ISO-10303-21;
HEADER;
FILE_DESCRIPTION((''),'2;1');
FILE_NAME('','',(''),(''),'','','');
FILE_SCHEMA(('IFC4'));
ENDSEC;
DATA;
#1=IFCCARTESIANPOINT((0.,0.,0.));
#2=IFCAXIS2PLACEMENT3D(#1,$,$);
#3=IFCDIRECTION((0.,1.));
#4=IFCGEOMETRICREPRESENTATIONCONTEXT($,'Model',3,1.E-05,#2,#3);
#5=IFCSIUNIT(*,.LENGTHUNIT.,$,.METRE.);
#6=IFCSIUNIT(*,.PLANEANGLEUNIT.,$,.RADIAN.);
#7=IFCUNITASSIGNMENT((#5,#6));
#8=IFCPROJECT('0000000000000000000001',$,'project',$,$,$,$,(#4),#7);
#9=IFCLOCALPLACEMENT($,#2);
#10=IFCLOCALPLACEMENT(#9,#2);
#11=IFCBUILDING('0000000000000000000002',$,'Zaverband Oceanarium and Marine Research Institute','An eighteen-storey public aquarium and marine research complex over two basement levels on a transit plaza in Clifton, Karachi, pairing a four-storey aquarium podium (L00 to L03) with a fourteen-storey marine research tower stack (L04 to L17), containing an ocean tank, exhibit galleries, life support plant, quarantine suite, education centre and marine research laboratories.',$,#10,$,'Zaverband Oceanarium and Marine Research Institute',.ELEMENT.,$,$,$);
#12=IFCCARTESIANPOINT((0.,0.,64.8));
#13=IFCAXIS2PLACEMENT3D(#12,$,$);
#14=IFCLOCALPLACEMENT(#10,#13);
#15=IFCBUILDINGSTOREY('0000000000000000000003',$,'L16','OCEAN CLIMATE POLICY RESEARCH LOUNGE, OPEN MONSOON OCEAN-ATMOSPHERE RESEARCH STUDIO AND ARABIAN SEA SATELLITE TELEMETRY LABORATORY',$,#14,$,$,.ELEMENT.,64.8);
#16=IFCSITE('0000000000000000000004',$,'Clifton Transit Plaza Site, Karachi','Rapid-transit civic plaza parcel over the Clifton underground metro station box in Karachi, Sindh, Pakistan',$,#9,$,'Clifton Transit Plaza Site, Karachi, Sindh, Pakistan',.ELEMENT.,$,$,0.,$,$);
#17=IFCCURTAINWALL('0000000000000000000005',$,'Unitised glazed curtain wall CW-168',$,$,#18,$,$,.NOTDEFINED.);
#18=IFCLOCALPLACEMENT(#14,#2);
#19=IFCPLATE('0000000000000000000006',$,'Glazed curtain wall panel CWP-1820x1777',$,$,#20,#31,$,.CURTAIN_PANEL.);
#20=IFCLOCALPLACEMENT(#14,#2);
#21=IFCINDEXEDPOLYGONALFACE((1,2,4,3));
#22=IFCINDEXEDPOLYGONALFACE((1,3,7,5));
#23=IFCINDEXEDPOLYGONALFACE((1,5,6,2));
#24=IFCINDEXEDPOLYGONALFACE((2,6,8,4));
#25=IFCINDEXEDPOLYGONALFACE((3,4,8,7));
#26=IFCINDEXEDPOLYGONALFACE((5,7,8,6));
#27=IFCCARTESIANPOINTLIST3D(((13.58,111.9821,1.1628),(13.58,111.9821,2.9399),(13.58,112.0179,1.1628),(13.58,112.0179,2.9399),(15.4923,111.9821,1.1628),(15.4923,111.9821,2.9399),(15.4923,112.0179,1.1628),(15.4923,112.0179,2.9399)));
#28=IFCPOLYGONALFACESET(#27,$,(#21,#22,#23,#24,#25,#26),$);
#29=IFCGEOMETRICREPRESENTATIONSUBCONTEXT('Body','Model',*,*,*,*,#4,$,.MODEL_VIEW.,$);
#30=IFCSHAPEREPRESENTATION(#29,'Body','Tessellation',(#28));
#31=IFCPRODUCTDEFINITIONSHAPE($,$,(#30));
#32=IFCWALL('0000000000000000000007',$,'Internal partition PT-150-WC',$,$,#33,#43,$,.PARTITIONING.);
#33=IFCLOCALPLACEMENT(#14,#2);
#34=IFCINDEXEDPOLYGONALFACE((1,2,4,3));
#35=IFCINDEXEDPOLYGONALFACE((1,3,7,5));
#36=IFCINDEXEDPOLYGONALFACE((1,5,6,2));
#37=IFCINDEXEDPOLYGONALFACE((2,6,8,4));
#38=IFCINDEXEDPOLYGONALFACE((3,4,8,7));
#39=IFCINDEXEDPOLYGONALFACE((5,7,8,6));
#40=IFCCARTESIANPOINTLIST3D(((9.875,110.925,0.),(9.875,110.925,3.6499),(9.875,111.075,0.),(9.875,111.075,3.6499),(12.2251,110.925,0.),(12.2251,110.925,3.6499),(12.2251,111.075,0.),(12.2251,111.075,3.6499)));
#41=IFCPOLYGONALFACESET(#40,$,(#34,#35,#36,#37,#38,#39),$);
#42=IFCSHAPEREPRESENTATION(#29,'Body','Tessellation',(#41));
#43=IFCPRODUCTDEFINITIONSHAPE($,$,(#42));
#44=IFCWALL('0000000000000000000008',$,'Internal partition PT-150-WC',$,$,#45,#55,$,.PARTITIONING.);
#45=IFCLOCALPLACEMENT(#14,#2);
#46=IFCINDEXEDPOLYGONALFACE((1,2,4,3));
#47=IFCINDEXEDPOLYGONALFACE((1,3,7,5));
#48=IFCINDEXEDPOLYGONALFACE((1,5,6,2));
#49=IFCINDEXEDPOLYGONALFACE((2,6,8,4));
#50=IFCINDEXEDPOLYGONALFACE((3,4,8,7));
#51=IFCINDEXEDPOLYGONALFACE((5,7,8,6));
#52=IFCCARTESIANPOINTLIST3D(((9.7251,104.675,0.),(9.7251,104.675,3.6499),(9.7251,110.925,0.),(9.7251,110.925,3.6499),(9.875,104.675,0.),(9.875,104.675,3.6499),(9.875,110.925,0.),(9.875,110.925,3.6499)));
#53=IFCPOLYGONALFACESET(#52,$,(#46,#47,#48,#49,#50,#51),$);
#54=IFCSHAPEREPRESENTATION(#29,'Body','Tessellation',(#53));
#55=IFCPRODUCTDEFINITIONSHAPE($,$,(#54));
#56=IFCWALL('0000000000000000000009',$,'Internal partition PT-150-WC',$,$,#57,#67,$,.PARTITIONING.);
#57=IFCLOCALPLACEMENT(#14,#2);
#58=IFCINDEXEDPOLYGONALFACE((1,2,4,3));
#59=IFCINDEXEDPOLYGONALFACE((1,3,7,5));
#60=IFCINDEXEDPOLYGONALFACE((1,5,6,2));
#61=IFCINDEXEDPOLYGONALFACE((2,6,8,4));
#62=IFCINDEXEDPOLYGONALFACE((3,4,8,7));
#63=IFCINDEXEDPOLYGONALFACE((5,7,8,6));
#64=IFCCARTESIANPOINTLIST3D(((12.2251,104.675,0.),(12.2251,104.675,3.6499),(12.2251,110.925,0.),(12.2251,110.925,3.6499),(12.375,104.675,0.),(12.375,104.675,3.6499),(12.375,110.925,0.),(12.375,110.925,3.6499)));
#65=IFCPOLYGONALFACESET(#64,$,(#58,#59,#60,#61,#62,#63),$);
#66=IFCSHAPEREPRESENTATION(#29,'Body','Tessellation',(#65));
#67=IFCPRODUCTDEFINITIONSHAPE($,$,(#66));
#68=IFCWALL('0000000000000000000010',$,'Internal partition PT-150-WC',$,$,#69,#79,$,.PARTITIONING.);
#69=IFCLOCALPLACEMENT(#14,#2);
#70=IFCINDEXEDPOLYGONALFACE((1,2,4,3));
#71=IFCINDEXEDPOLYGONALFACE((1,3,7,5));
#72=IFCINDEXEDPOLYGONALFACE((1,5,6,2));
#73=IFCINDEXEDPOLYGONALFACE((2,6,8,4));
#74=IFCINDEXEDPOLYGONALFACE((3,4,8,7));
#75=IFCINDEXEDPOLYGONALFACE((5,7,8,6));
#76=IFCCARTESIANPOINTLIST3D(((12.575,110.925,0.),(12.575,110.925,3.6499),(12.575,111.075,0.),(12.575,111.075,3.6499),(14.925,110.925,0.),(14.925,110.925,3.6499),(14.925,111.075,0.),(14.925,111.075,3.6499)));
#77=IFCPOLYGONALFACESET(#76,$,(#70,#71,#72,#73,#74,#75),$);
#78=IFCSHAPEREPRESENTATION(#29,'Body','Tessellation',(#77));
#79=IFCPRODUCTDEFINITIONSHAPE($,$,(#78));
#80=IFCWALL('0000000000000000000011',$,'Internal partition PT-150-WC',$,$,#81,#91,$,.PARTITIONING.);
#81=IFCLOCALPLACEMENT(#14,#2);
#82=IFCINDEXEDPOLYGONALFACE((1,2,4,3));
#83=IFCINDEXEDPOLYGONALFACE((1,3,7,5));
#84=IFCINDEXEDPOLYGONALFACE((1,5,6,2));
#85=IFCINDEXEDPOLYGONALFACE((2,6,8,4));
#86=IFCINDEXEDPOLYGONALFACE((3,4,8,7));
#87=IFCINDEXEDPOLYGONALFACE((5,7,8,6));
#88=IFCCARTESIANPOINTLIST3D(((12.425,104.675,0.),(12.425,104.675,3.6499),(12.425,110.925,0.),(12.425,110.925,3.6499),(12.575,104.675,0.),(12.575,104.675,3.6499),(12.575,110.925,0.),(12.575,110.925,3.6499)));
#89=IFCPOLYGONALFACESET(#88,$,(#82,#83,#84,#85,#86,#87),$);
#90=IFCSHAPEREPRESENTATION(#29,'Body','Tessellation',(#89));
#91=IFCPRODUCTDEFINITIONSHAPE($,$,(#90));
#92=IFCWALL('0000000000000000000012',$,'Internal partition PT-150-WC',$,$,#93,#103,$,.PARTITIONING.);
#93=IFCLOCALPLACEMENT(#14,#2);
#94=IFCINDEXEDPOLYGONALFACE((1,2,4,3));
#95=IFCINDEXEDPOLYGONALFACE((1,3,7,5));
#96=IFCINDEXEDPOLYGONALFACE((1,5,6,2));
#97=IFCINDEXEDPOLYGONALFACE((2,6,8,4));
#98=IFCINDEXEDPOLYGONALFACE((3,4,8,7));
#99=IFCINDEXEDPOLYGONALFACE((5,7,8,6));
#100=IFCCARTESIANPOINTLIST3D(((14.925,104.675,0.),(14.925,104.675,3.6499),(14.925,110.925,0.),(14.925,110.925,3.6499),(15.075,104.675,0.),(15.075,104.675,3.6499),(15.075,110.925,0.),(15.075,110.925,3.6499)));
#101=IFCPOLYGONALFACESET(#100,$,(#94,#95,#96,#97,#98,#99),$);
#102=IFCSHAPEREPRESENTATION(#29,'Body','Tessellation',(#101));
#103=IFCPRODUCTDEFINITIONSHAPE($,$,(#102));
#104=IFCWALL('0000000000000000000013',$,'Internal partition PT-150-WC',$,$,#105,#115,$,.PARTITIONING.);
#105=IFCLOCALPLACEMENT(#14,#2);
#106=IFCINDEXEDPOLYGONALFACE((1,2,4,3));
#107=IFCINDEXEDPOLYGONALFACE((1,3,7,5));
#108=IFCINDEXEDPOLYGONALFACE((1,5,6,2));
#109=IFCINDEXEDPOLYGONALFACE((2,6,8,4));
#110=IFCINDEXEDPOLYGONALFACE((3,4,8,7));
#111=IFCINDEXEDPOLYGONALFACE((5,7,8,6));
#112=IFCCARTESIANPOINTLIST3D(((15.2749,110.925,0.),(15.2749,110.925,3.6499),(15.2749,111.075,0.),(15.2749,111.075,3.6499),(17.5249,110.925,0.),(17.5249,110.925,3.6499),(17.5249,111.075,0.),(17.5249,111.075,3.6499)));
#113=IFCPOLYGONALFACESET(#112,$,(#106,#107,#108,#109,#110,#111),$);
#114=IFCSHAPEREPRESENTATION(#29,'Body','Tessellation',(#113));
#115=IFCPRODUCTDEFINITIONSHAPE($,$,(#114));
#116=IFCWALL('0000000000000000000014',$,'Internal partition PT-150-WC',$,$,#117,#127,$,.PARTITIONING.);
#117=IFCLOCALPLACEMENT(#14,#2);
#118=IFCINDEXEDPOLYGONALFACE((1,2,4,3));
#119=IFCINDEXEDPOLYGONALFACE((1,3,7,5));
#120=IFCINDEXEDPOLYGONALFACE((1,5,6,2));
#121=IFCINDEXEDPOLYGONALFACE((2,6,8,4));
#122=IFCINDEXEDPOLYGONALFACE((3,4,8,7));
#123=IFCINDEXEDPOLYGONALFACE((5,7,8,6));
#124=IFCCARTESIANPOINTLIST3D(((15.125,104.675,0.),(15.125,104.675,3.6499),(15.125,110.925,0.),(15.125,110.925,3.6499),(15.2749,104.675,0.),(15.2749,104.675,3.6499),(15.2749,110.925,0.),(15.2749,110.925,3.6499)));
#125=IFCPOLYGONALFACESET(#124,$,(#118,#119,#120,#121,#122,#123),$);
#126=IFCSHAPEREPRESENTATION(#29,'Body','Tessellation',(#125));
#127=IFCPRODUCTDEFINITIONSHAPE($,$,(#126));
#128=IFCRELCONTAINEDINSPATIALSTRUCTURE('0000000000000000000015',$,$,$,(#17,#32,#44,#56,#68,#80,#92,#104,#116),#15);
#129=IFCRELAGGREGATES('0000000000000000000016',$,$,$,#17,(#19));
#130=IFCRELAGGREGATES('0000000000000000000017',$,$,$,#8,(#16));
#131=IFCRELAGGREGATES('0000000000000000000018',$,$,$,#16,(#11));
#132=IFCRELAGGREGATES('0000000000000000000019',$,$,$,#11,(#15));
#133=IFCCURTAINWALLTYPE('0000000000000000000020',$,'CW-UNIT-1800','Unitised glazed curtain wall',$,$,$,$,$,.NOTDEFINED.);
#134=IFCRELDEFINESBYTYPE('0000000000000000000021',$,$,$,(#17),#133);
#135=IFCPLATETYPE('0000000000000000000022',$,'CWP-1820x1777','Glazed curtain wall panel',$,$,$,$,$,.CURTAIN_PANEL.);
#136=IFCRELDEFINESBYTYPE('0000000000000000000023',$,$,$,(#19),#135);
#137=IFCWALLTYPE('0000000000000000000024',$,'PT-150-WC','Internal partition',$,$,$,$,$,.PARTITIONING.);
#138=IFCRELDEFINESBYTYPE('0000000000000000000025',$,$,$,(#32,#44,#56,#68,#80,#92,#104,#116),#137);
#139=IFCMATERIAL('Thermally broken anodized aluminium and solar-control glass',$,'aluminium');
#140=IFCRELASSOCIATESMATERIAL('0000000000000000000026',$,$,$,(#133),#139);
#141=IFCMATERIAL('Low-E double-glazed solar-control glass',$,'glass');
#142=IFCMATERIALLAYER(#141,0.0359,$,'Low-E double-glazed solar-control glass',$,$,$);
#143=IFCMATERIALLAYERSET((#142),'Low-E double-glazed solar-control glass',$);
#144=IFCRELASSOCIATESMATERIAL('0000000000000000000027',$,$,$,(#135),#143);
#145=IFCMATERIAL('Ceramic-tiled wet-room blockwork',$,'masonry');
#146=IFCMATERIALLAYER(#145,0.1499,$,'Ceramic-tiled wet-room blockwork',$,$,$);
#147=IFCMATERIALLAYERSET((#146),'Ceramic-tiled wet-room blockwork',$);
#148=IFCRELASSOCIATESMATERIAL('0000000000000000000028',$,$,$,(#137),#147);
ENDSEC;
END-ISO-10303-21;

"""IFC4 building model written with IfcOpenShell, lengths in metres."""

from ifc_helpers import new_model, si_unit, direction, frame, frame_2d, origin, place, context, subcontext, project, spatial, rectangle, extrude, material, layer, layer_set, type_object, element, aggregate, save


model = new_model("IFC4")

# Units and contexts
model_context = context("Model", 3, precision=1e-05, world=origin(), true_north=direction((0.0, 1.0)))
body_context = subcontext(model_context, "Body", "Model", "MODEL_VIEW")
ifc_project = project(units=[si_unit("LENGTHUNIT", "METRE"), si_unit("PLANEANGLEUNIT", "RADIAN")], contexts=[model_context])

# Site, building, storey
site_placement = place(None, origin())
site = spatial("IfcSite", under=ifc_project, at=site_placement, Name="Clifton Transit Plaza Site, Karachi", Description="Rapid-transit civic plaza parcel over the Clifton underground metro station box in Karachi, Sindh, Pakistan", LongName="Clifton Transit Plaza Site, Karachi, Sindh, Pakistan", CompositionType="ELEMENT", RefElevation=0.0)
building_placement = place(site_placement, origin())
building = spatial("IfcBuilding", under=site, at=building_placement, Name="Zaverband Oceanarium and Marine Research Institute", Description="An eighteen-storey public aquarium and marine research complex over two basement levels on a transit plaza in Clifton, Karachi, pairing a four-storey aquarium podium (L00 to L03) with a fourteen-storey marine research tower stack (L04 to L17), containing an ocean tank, exhibit galleries, life support plant, quarantine suite, education centre and marine research laboratories.", LongName="Zaverband Oceanarium and Marine Research Institute", CompositionType="ELEMENT")
storey_placement = place(building_placement, frame((0.0, 0.0, 64.8)))
storey = spatial("IfcBuildingStorey", under=building, at=storey_placement, Name="L16", Description="OCEAN CLIMATE POLICY RESEARCH LOUNGE, OPEN MONSOON OCEAN-ATMOSPHERE RESEARCH STUDIO AND ARABIAN SEA SATELLITE TELEMETRY LABORATORY", CompositionType="ELEMENT", Elevation=64.8)

# Curtain wall
ifc_material_1 = material(Name="Thermally broken anodized aluminium and solar-control glass", Category="aluminium")
curtain_wall_type = type_object("IfcCurtainWallType", Name="CW-UNIT-1800", Description="Unitised glazed curtain wall", PredefinedType="NOTDEFINED", material=ifc_material_1)
curtain_wall_placement = place(storey_placement, origin())
curtain_wall = element("IfcCurtainWall", 1, at=curtain_wall_placement, inside=storey, type_object=curtain_wall_type, Name="Unitised glazed curtain wall CW-168", PredefinedType="NOTDEFINED")

# Plate
ifc_material_2 = material(Name="Low-E double-glazed solar-control glass", Category="glass")
ifc_layer_1 = layer(ifc_material_2, 0.0359, Name="Low-E double-glazed solar-control glass")
ifc_layer_set_1 = layer_set([ifc_layer_1], Name="Low-E double-glazed solar-control glass")
plate_type_1 = type_object("IfcPlateType", Name="CWP-1820x1777", Description="Glazed curtain wall panel", PredefinedType="CURTAIN_PANEL", material=ifc_layer_set_1)
plate_1_placement = place(storey_placement, frame((13.5801, 112.0, 1.1628), z_axis=(0.0, 0.0, 1.0), x_axis=(1.0, 0.0, 0.0)))
plate_1 = element("IfcPlate", 2, at=plate_1_placement, type_object=plate_type_1, Name="Glazed curtain wall panel CWP-1820x1777", PredefinedType="CURTAIN_PANEL", context=body_context, shape_type="SweptSolid", body=[
    extrude(rectangle(XDim=1.9124, YDim=0.0359, at=frame_2d((0.9561, 0.0))), origin(), (0.0, 0.0, 1.0), 1.7771),
])
aggregate(curtain_wall, [plate_1])

# Walls
ifc_material_3 = material(Name="Ceramic-tiled wet-room blockwork", Category="masonry")
ifc_layer_2 = layer(ifc_material_3, 0.1499, Name="Ceramic-tiled wet-room blockwork")
ifc_layer_set_2 = layer_set([ifc_layer_2], Name="Ceramic-tiled wet-room blockwork")
wall_type = type_object("IfcWallType", Name="PT-150-WC", Description="Internal partition", PredefinedType="PARTITIONING", material=ifc_layer_set_2)
wall_1_placement = place(storey_placement, frame((9.875, 111.0, 0.0), z_axis=(0.0, 0.0, 1.0), x_axis=(1.0, 0.0, 0.0)))
element("IfcWall", 3, at=wall_1_placement, inside=storey, type_object=wall_type, Name="Internal partition PT-150-WC", PredefinedType="PARTITIONING", context=body_context, shape_type="SweptSolid", body=[
    extrude(rectangle(XDim=2.3501, YDim=0.1499, at=frame_2d((1.175, 0.0))), origin(), (0.0, 0.0, 1.0), 3.6499),
])
for number, where, z_axis, x_axis, name in (
    (4, (9.8, 104.675, 0.0), (0.0, 0.0, 1.0), (0.0, 1.0, 0.0), "Internal partition PT-150-WC"),
    (5, (12.3, 104.675, 0.0), (0.0, 0.0, 1.0), (0.0, 1.0, 0.0), "Internal partition PT-150-WC"),
):
    element("IfcWall", number, at=place(storey_placement, frame(where, z_axis=z_axis, x_axis=x_axis)), inside=storey, type_object=wall_type, Name=name, PredefinedType="PARTITIONING", context=body_context, shape_type="SweptSolid", body=[
        extrude(rectangle(XDim=6.25, YDim=0.1499, at=frame_2d((3.125, 0.0))), origin(), (0.0, 0.0, 1.0), 3.6499),
    ])
wall_2_placement = place(storey_placement, frame((12.575, 111.0, 0.0), z_axis=(0.0, 0.0, 1.0), x_axis=(1.0, 0.0, 0.0)))
element("IfcWall", 6, at=wall_2_placement, inside=storey, type_object=wall_type, Name="Internal partition PT-150-WC", PredefinedType="PARTITIONING", context=body_context, shape_type="SweptSolid", body=[
    extrude(rectangle(XDim=2.3501, YDim=0.1499, at=frame_2d((1.175, 0.0))), origin(), (0.0, 0.0, 1.0), 3.6499),
])
for number, where, z_axis, x_axis, name in (
    (7, (12.5, 104.675, 0.0), (0.0, 0.0, 1.0), (0.0, 1.0, 0.0), "Internal partition PT-150-WC"),
    (8, (15.0, 104.675, 0.0), (0.0, 0.0, 1.0), (0.0, 1.0, 0.0), "Internal partition PT-150-WC"),
):
    element("IfcWall", number, at=place(storey_placement, frame(where, z_axis=z_axis, x_axis=x_axis)), inside=storey, type_object=wall_type, Name=name, PredefinedType="PARTITIONING", context=body_context, shape_type="SweptSolid", body=[
        extrude(rectangle(XDim=6.25, YDim=0.1499, at=frame_2d((3.125, 0.0))), origin(), (0.0, 0.0, 1.0), 3.6499),
    ])
wall_3_placement = place(storey_placement, frame((15.2749, 111.0, 0.0), z_axis=(0.0, 0.0, 1.0), x_axis=(1.0, 0.0, 0.0)))
element("IfcWall", 9, at=wall_3_placement, inside=storey, type_object=wall_type, Name="Internal partition PT-150-WC", PredefinedType="PARTITIONING", context=body_context, shape_type="SweptSolid", body=[
    extrude(rectangle(XDim=2.25, YDim=0.1499, at=frame_2d((1.125, 0.0))), origin(), (0.0, 0.0, 1.0), 3.6499),
])
wall_4_placement = place(storey_placement, frame((15.2, 104.675, 0.0), z_axis=(0.0, 0.0, 1.0), x_axis=(0.0, 1.0, 0.0)))
element("IfcWall", 10, at=wall_4_placement, inside=storey, type_object=wall_type, Name="Internal partition PT-150-WC", PredefinedType="PARTITIONING", context=body_context, shape_type="SweptSolid", body=[
    extrude(rectangle(XDim=6.25, YDim=0.1499, at=frame_2d((3.125, 0.0))), origin(), (0.0, 0.0, 1.0), 3.6499),
])

save(model, "model.ifc")
